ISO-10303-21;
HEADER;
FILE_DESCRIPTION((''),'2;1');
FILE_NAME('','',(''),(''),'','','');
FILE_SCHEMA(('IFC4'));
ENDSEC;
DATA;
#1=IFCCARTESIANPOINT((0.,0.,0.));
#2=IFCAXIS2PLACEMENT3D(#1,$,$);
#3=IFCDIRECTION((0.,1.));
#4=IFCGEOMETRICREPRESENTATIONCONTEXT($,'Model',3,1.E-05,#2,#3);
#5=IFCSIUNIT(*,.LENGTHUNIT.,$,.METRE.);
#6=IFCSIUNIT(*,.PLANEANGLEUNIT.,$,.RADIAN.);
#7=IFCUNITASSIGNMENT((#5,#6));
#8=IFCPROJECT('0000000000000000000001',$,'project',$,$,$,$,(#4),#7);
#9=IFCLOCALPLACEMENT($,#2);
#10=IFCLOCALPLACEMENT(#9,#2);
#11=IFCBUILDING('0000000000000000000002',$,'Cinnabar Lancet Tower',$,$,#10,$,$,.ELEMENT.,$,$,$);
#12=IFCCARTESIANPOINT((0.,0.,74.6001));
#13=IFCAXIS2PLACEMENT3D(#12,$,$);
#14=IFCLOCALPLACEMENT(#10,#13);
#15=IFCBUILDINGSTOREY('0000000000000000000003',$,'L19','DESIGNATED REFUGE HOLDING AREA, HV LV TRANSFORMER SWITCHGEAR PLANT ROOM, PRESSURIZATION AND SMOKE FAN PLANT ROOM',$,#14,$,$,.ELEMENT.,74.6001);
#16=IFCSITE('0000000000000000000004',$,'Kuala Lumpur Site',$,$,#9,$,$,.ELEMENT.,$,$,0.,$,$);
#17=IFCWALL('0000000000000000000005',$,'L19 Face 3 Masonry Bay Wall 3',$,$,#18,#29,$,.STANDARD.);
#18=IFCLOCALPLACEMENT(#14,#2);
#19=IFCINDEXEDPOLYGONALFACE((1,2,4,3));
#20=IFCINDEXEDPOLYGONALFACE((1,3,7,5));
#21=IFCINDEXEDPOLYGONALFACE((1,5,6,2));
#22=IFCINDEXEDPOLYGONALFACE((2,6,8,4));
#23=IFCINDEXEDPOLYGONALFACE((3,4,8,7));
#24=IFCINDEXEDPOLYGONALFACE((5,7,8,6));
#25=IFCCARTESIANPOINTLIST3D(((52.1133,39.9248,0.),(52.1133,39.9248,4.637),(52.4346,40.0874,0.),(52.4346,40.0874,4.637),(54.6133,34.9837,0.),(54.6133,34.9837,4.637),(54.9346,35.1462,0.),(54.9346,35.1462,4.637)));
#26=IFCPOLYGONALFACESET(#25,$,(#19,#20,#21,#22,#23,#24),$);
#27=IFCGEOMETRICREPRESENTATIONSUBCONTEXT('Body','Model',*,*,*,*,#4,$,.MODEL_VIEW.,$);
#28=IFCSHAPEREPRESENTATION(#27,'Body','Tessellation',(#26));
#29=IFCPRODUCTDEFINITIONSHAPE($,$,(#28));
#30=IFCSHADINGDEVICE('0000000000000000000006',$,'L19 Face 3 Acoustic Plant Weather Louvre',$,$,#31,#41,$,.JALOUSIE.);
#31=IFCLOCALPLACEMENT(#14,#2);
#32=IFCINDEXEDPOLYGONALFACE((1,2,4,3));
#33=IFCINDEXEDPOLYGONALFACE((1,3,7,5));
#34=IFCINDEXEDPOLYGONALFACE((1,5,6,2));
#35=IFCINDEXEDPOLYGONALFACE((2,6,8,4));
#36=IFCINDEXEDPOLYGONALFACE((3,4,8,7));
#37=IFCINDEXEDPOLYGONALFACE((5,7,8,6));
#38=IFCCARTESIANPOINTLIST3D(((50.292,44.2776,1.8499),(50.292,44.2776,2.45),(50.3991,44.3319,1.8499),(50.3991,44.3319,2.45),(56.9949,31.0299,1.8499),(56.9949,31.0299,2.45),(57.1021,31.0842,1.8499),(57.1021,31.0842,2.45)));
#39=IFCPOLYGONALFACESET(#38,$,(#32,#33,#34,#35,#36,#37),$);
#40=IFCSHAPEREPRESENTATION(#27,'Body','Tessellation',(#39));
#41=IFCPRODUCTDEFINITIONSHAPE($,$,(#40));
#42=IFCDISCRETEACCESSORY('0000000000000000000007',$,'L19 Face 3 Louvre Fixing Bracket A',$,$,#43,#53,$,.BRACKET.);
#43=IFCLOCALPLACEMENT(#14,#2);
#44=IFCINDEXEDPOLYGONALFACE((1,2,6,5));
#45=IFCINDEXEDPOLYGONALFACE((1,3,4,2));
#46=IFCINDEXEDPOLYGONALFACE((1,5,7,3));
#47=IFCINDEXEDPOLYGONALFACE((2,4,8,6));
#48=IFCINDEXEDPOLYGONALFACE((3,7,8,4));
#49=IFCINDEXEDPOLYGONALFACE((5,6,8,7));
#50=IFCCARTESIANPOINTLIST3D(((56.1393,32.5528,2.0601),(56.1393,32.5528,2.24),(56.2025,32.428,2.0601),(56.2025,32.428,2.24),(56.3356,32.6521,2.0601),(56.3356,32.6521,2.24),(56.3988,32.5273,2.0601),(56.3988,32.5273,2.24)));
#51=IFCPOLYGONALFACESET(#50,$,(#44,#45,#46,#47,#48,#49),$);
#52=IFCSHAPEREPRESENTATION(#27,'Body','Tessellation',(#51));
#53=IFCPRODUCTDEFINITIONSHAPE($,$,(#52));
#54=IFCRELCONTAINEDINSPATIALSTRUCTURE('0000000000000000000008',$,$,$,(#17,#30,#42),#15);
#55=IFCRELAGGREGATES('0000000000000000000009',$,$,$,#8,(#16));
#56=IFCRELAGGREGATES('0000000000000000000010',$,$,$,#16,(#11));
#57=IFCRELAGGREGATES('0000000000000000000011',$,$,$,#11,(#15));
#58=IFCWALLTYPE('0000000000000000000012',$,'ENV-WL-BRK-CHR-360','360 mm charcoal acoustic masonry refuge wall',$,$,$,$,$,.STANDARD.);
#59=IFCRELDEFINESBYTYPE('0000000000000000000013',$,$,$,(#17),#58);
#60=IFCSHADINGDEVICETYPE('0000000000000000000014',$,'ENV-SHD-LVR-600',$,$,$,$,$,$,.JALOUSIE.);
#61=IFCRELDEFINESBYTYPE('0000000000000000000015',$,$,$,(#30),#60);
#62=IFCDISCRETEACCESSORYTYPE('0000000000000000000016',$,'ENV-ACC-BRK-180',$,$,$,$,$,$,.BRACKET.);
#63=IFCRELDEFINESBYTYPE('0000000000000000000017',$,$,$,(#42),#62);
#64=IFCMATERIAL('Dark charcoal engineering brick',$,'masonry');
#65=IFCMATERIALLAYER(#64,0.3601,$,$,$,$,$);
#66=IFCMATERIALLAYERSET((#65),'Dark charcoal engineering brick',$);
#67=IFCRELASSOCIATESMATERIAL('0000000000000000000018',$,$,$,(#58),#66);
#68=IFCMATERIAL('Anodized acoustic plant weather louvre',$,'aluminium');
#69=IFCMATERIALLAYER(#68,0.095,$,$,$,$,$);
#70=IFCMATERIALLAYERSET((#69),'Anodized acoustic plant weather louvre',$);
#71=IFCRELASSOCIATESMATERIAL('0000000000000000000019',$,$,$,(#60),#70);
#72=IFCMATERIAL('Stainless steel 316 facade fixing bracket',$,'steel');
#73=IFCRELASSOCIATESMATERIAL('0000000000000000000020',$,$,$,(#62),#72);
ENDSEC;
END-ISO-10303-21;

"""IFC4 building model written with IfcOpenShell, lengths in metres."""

from ifc_helpers import new_model, si_unit, direction, frame, frame_2d, origin, origin_2d, place, context, subcontext, project, spatial, rectangle, extrude, material, layer, layer_set, type_object, element, save


model = new_model("IFC4")

# Units and contexts
model_context = context("Model", 3, precision=1e-05, world=origin(), true_north=direction((0.0, 1.0)))
body_context = subcontext(model_context, "Body", "Model", "MODEL_VIEW")
ifc_project = project(units=[si_unit("LENGTHUNIT", "METRE"), si_unit("PLANEANGLEUNIT", "RADIAN")], contexts=[model_context])

# Site, building, storey
site_placement = place(None, origin())
site = spatial("IfcSite", under=ifc_project, at=site_placement, Name="Kuala Lumpur Site", CompositionType="ELEMENT", RefElevation=0.0)
building_placement = place(site_placement, origin())
building = spatial("IfcBuilding", under=site, at=building_placement, Name="Cinnabar Lancet Tower", CompositionType="ELEMENT")
storey_placement = place(building_placement, frame((0.0, 0.0, 74.6001)))
storey = spatial("IfcBuildingStorey", under=building, at=storey_placement, Name="L19", Description="DESIGNATED REFUGE HOLDING AREA, HV LV TRANSFORMER SWITCHGEAR PLANT ROOM, PRESSURIZATION AND SMOKE FAN PLANT ROOM", CompositionType="ELEMENT", Elevation=74.6001)

# Wall
ifc_material_1 = material(Name="Dark charcoal engineering brick", Category="masonry")
ifc_layer_1 = layer(ifc_material_1, 0.3601)
ifc_layer_set_1 = layer_set([ifc_layer_1], Name="Dark charcoal engineering brick")
wall_type_1 = type_object("IfcWallType", Name="ENV-WL-BRK-CHR-360", Description="360 mm charcoal acoustic masonry refuge wall", PredefinedType="STANDARD", material=ifc_layer_set_1)
wall_1_placement = place(storey_placement, frame((54.7739, 35.0649, 0.0), z_axis=(0.0, 0.0, 1.0), x_axis=(-0.451459, 0.892292, 0.0)))
element("IfcWall", 1, at=wall_1_placement, inside=storey, type_object=wall_type_1, Name="L19 Face 3 Masonry Bay Wall 3", PredefinedType="STANDARD", context=body_context, shape_type="SweptSolid", body=[
    extrude(rectangle(XDim=5.5376, YDim=0.3601, at=frame_2d((2.7688, 0.0))), origin(), (0.0, 0.0, 1.0), 4.637),
])

# Shading device
ifc_material_2 = material(Name="Anodized acoustic plant weather louvre", Category="aluminium")
ifc_layer_2 = layer(ifc_material_2, 0.095)
ifc_layer_set_2 = layer_set([ifc_layer_2], Name="Anodized acoustic plant weather louvre")
shading_device_type = type_object("IfcShadingDeviceType", Name="ENV-SHD-LVR-600", PredefinedType="JALOUSIE", material=ifc_layer_set_2)
shading_device_placement = place(storey_placement, frame((53.697, 37.6809, 1.8499), z_axis=(0.0, 0.0, 1.0), x_axis=(-0.451469, 0.892287, 0.0)))
element("IfcShadingDevice", 2, at=shading_device_placement, inside=storey, type_object=shading_device_type, Name="L19 Face 3 Acoustic Plant Weather Louvre", PredefinedType="JALOUSIE", context=body_context, shape_type="SweptSolid", body=[
    extrude(rectangle(XDim=14.8469, YDim=0.1201, at=origin_2d()), origin(), (0.0, 0.0, 1.0), 0.6001),
])

# Discrete accessory
ifc_material_3 = material(Name="Stainless steel 316 facade fixing bracket", Category="steel")
discrete_accessory_type = type_object("IfcDiscreteAccessoryType", Name="ENV-ACC-BRK-180", PredefinedType="BRACKET", material=ifc_material_3)
discrete_accessory_placement = place(storey_placement, frame((56.269, 32.54, 2.0601), z_axis=(0.0, 0.0, 1.0), x_axis=(-0.451469, 0.892287, 0.0)))
element("IfcDiscreteAccessory", 3, at=discrete_accessory_placement, inside=storey, type_object=discrete_accessory_type, Name="L19 Face 3 Louvre Fixing Bracket A", PredefinedType="BRACKET", context=body_context, shape_type="SweptSolid", body=[
    extrude(rectangle(XDim=0.1399, YDim=0.22, at=origin_2d()), origin(), (0.0, 0.0, 1.0), 0.1799),
])

save(model, "model.ifc")
